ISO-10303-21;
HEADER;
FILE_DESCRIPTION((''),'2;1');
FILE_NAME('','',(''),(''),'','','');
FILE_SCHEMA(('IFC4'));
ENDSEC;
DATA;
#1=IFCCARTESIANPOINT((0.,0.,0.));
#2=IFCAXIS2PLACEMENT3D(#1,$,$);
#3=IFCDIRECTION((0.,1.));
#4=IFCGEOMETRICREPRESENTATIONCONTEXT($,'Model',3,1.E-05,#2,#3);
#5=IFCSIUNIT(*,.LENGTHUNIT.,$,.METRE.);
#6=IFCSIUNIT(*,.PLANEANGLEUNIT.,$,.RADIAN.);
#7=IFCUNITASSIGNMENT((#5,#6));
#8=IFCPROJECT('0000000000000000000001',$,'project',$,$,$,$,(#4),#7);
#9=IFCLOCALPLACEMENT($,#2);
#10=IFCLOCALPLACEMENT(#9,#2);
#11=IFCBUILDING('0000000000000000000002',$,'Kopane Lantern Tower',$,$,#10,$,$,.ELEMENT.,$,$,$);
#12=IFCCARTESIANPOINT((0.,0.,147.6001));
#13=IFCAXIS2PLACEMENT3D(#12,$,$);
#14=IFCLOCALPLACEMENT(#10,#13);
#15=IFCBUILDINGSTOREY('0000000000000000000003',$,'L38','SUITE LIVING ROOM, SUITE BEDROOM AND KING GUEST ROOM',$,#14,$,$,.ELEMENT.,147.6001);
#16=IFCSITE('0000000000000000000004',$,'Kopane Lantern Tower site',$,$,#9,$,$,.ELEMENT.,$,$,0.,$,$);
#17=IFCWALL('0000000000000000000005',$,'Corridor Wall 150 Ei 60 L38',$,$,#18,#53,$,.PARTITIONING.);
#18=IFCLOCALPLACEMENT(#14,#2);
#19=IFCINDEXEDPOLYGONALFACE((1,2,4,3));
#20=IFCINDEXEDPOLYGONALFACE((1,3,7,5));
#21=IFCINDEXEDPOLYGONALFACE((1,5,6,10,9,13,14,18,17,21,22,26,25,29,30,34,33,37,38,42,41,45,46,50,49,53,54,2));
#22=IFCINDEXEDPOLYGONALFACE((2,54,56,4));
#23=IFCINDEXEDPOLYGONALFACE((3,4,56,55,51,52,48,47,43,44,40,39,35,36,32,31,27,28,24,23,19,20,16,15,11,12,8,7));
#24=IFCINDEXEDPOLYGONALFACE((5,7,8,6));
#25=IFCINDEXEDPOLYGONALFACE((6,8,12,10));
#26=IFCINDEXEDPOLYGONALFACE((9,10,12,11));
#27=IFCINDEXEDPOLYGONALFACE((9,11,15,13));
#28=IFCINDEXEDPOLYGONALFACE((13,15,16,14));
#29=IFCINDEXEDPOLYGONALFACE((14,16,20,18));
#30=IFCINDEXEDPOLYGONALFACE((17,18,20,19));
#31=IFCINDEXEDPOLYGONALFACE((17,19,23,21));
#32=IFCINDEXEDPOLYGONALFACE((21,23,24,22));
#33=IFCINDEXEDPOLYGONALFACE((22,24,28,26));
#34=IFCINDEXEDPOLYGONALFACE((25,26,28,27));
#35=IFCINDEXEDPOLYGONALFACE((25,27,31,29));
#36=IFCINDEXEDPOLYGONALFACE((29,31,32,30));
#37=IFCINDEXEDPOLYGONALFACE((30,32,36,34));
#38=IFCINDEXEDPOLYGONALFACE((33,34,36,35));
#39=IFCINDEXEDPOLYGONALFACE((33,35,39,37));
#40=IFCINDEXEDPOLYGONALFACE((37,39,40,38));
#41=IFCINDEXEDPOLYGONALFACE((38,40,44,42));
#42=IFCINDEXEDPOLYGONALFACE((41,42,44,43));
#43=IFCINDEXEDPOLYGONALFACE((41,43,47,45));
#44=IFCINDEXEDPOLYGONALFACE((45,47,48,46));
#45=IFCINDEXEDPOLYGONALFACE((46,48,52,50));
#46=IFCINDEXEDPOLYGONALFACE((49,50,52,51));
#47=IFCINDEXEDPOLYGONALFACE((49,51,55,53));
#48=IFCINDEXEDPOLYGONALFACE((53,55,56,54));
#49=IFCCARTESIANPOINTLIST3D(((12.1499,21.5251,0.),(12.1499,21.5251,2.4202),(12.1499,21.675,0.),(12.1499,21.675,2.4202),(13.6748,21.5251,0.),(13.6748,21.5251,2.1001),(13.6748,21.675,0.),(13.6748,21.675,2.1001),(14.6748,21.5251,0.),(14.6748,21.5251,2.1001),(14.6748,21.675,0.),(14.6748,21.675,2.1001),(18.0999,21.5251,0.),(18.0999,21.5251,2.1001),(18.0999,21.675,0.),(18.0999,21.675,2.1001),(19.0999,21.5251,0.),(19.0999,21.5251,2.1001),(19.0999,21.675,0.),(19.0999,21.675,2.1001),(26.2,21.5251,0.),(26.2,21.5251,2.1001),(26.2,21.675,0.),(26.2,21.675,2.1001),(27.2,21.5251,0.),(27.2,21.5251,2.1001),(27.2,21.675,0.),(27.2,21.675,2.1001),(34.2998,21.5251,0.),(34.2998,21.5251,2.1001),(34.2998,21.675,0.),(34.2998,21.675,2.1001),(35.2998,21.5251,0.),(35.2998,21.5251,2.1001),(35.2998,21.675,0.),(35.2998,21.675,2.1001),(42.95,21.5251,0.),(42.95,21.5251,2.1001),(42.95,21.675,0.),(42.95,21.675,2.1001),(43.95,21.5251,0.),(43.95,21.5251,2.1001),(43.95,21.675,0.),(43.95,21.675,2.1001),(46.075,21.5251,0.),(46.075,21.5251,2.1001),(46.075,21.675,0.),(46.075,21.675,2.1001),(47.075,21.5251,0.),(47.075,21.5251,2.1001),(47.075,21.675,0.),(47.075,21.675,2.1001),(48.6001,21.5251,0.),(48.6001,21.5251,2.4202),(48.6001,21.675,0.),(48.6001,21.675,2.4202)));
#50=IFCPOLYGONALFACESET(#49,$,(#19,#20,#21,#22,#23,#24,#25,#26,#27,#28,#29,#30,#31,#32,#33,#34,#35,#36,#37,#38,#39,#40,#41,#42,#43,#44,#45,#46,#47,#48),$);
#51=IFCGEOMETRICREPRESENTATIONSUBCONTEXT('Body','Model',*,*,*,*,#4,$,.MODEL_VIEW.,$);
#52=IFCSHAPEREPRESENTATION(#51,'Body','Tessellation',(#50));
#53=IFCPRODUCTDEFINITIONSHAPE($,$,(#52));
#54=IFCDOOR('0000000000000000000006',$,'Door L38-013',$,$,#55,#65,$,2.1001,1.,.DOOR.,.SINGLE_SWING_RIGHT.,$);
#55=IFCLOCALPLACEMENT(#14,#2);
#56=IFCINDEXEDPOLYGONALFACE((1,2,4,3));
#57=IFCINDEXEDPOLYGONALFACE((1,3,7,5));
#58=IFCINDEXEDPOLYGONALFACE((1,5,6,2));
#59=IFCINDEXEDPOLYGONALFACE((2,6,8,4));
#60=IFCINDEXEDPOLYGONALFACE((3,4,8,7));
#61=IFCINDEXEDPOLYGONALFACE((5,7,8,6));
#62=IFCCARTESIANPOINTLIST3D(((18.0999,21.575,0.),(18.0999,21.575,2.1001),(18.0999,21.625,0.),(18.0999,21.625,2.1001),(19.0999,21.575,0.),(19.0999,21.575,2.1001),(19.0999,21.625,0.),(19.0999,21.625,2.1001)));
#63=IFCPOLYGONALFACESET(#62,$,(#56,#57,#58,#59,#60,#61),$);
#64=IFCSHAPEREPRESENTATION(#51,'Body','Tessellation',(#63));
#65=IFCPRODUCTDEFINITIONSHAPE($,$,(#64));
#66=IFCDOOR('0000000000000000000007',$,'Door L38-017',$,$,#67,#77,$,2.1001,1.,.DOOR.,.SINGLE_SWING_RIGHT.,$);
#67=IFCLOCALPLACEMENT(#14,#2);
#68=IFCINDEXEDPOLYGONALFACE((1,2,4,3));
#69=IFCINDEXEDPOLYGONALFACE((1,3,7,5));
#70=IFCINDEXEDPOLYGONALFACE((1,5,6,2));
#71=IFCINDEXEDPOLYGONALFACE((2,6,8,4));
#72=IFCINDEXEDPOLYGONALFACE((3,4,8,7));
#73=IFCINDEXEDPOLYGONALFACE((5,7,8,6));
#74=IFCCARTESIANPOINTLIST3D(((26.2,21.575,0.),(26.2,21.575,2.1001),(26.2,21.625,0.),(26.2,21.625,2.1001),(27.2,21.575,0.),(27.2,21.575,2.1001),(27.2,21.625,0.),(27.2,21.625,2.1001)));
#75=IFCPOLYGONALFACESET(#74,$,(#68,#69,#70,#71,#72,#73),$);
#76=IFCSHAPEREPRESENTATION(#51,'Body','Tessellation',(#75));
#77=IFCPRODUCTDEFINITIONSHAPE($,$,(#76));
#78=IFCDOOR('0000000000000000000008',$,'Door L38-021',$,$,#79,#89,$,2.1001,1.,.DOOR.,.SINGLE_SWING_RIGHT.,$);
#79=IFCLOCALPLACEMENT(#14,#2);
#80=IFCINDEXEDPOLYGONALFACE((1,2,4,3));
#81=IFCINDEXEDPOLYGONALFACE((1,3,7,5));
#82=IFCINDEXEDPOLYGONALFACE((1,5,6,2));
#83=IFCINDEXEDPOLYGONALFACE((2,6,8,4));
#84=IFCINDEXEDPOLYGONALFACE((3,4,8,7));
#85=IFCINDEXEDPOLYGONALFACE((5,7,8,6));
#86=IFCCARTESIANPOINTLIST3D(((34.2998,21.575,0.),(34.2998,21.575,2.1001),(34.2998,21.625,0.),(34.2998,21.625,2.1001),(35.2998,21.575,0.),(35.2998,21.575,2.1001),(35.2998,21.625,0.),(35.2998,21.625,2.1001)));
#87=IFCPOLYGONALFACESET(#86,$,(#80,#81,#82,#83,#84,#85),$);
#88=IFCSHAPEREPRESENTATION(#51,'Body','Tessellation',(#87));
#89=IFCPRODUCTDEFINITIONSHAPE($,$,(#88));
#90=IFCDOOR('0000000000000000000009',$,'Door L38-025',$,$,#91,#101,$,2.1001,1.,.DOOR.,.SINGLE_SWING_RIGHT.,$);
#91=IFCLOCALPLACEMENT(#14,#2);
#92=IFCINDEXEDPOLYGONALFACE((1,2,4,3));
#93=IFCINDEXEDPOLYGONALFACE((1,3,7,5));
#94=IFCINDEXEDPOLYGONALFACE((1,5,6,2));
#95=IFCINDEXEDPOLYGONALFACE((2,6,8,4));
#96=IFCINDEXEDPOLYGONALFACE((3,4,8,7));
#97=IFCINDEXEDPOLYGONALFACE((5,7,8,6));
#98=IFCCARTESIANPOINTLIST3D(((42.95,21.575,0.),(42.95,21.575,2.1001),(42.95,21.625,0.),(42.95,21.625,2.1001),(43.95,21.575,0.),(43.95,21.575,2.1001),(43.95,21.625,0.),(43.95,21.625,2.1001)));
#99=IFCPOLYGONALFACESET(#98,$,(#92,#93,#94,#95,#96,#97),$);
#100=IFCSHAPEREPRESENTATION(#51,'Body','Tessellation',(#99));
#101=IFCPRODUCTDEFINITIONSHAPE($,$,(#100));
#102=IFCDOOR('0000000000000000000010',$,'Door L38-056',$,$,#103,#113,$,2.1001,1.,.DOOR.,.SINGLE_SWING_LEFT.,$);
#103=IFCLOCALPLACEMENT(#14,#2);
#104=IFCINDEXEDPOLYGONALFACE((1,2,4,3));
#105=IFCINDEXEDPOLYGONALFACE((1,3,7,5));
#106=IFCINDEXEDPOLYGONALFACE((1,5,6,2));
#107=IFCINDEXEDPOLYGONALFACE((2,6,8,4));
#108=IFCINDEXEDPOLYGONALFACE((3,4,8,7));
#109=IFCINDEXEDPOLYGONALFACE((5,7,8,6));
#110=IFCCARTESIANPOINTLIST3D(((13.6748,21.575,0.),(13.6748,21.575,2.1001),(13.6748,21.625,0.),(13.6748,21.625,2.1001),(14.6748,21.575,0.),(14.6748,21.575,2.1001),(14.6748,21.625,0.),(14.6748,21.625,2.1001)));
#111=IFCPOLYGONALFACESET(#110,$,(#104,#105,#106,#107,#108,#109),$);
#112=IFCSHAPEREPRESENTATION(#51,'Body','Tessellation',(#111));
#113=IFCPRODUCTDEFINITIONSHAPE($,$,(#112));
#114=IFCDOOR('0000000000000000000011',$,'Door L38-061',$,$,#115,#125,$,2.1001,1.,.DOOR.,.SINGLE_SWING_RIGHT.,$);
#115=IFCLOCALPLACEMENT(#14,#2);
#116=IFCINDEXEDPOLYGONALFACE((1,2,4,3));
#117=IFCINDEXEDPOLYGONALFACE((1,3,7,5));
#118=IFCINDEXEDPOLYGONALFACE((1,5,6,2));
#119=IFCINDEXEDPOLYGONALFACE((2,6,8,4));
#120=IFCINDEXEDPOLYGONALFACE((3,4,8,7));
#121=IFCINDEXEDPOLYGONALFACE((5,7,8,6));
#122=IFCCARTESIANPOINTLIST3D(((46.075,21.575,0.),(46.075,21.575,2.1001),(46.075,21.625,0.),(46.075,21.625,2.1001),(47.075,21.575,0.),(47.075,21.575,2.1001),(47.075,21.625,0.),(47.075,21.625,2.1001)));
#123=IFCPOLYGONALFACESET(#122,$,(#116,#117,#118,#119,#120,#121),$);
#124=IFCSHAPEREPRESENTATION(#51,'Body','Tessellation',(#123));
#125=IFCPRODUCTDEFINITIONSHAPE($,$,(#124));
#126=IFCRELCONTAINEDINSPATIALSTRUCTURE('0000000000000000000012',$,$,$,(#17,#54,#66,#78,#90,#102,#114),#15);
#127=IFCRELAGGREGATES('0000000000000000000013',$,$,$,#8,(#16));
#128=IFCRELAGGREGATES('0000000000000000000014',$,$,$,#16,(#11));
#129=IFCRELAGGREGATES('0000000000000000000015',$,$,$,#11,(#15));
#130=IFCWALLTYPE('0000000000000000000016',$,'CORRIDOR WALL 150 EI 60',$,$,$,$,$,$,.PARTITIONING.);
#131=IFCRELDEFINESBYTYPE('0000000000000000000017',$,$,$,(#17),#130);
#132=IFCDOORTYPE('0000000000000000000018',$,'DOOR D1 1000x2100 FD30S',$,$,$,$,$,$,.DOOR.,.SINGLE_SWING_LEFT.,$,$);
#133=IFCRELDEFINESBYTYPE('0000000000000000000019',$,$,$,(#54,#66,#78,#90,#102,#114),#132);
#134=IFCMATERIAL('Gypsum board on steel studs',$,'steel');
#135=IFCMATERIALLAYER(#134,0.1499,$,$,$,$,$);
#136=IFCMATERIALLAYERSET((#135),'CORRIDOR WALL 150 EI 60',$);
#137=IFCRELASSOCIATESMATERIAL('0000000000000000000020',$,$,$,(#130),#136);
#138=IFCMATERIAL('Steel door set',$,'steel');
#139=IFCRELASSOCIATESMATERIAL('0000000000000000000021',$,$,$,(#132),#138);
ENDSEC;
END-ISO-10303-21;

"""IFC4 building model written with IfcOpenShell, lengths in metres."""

from ifc_helpers import new_model, si_unit, direction, frame, frame_2d, origin, place, context, subcontext, project, spatial, rectangle, extrude, material, layer, layer_set, type_object, element, fill, save


model = new_model("IFC4")

# Units and contexts
model_context = context("Model", 3, precision=1e-05, world=origin(), true_north=direction((0.0, 1.0)))
body_context = subcontext(model_context, "Body", "Model", "MODEL_VIEW")
ifc_project = project(units=[si_unit("LENGTHUNIT", "METRE"), si_unit("PLANEANGLEUNIT", "RADIAN")], contexts=[model_context])

# Site, building, storey
site_placement = place(None, origin())
site = spatial("IfcSite", under=ifc_project, at=site_placement, Name="Kopane Lantern Tower site", CompositionType="ELEMENT", RefElevation=0.0)
building_placement = place(site_placement, origin())
building = spatial("IfcBuilding", under=site, at=building_placement, Name="Kopane Lantern Tower", CompositionType="ELEMENT")
storey_placement = place(building_placement, frame((0.0, 0.0, 147.6001)))
storey = spatial("IfcBuildingStorey", under=building, at=storey_placement, Name="L38", Description="SUITE LIVING ROOM, SUITE BEDROOM AND KING GUEST ROOM", CompositionType="ELEMENT", Elevation=147.6001)

# Wall, openings, doors
ifc_material_1 = material(Name="Gypsum board on steel studs", Category="steel")
ifc_layer_1 = layer(ifc_material_1, 0.1499)
ifc_layer_set_1 = layer_set([ifc_layer_1], Name="CORRIDOR WALL 150 EI 60")
wall_type_1 = type_object("IfcWallType", Name="CORRIDOR WALL 150 EI 60", PredefinedType="PARTITIONING", material=ifc_layer_set_1)
wall_1_placement = place(storey_placement, frame((12.1499, 21.6001, 0.0), z_axis=(0.0, 0.0, 1.0), x_axis=(1.0, 0.0, 0.0)))
wall_1 = element("IfcWall", 1, at=wall_1_placement, inside=storey, type_object=wall_type_1, Name="Corridor Wall 150 Ei 60 L38", PredefinedType="PARTITIONING", context=body_context, shape_type="SweptSolid", body=[
    extrude(rectangle(XDim=36.4502, YDim=0.1499, at=frame_2d((18.2251, 0.0))), origin(), (0.0, 0.0, 1.0), 2.4202),
])
opening_1_placement = place(wall_1_placement, frame((5.95, 0.0, 0.0)))
opening_1 = element("IfcOpeningElement", 2, at=opening_1_placement, cuts=wall_1, PredefinedType="OPENING", context=body_context, shape_type="SweptSolid", body=[
    extrude(rectangle(XDim=1.0, YDim=2.1001, at=frame_2d((0.5, 1.05))), frame((0.0, 0.085, 0.0), z_axis=(0.0, -1.0, 0.0), x_axis=(1.0, 0.0, 0.0)), (0.0, 0.0, 1.0), 0.1699),
])
opening_2_placement = place(wall_1_placement, frame((14.05, 0.0, 0.0)))
opening_2 = element("IfcOpeningElement", 3, at=opening_2_placement, cuts=wall_1, PredefinedType="OPENING", context=body_context, shape_type="SweptSolid", body=[
    extrude(rectangle(XDim=1.0, YDim=2.1001, at=frame_2d((0.5, 1.05))), frame((0.0, 0.085, 0.0), z_axis=(0.0, -1.0, 0.0), x_axis=(1.0, 0.0, 0.0)), (0.0, 0.0, 1.0), 0.1699),
])
opening_3_placement = place(wall_1_placement, frame((22.1499, 0.0, 0.0)))
opening_3 = element("IfcOpeningElement", 4, at=opening_3_placement, cuts=wall_1, PredefinedType="OPENING", context=body_context, shape_type="SweptSolid", body=[
    extrude(rectangle(XDim=1.0, YDim=2.1001, at=frame_2d((0.5, 1.05))), frame((0.0, 0.085, 0.0), z_axis=(0.0, -1.0, 0.0), x_axis=(1.0, 0.0, 0.0)), (0.0, 0.0, 1.0), 0.1699),
])
opening_4_placement = place(wall_1_placement, frame((30.8, 0.0, 0.0)))
opening_4 = element("IfcOpeningElement", 5, at=opening_4_placement, cuts=wall_1, PredefinedType="OPENING", context=body_context, shape_type="SweptSolid", body=[
    extrude(rectangle(XDim=1.0, YDim=2.1001, at=frame_2d((0.5, 1.05))), frame((0.0, 0.085, 0.0), z_axis=(0.0, -1.0, 0.0), x_axis=(1.0, 0.0, 0.0)), (0.0, 0.0, 1.0), 0.1699),
])
opening_5_placement = place(wall_1_placement, frame((1.5249, 0.0, 0.0)))
opening_5 = element("IfcOpeningElement", 6, at=opening_5_placement, cuts=wall_1, PredefinedType="OPENING", context=body_context, shape_type="SweptSolid", body=[
    extrude(rectangle(XDim=1.0, YDim=2.1001, at=frame_2d((0.5, 1.05))), frame((0.0, 0.085, 0.0), z_axis=(0.0, -1.0, 0.0), x_axis=(1.0, 0.0, 0.0)), (0.0, 0.0, 1.0), 0.1699),
])
opening_6_placement = place(wall_1_placement, frame((33.925, 0.0, 0.0)))
opening_6 = element("IfcOpeningElement", 7, at=opening_6_placement, cuts=wall_1, PredefinedType="OPENING", context=body_context, shape_type="SweptSolid", body=[
    extrude(rectangle(XDim=1.0, YDim=2.1001, at=frame_2d((0.5, 1.05))), frame((0.0, 0.085, 0.0), z_axis=(0.0, -1.0, 0.0), x_axis=(1.0, 0.0, 0.0)), (0.0, 0.0, 1.0), 0.1699),
])
ifc_material_2 = material(Name="Steel door set", Category="steel")
door_type_1 = type_object("IfcDoorType", Name="DOOR D1 1000x2100 FD30S", OperationType="SINGLE_SWING_LEFT", PredefinedType="DOOR", material=ifc_material_2)
door_1_placement = place(opening_1_placement, origin())
door_1 = element("IfcDoor", 8, at=door_1_placement, inside=storey, type_object=door_type_1, Name="Door L38-013", OperationType="SINGLE_SWING_RIGHT", OverallHeight=2.1001, OverallWidth=1.0, PredefinedType="DOOR", context=body_context, shape_type="SweptSolid", body=[
    extrude(rectangle(XDim=1.0, YDim=2.1001, at=frame_2d((0.5, 1.05))), frame((0.0, 0.0249, 0.0), z_axis=(0.0, -1.0, 0.0), x_axis=(1.0, 0.0, 0.0)), (0.0, 0.0, 1.0), 0.05),
])
fill(opening_1, door_1)
door_2_placement = place(opening_2_placement, origin())
door_2 = element("IfcDoor", 9, at=door_2_placement, inside=storey, type_object=door_type_1, Name="Door L38-017", OperationType="SINGLE_SWING_RIGHT", OverallHeight=2.1001, OverallWidth=1.0, PredefinedType="DOOR", context=body_context, shape_type="SweptSolid", body=[
    extrude(rectangle(XDim=1.0, YDim=2.1001, at=frame_2d((0.5, 1.05))), frame((0.0, 0.0249, 0.0), z_axis=(0.0, -1.0, 0.0), x_axis=(1.0, 0.0, 0.0)), (0.0, 0.0, 1.0), 0.05),
])
fill(opening_2, door_2)
door_3_placement = place(opening_3_placement, origin())
door_3 = element("IfcDoor", 10, at=door_3_placement, inside=storey, type_object=door_type_1, Name="Door L38-021", OperationType="SINGLE_SWING_RIGHT", OverallHeight=2.1001, OverallWidth=1.0, PredefinedType="DOOR", context=body_context, shape_type="SweptSolid", body=[
    extrude(rectangle(XDim=1.0, YDim=2.1001, at=frame_2d((0.5, 1.05))), frame((0.0, 0.0249, 0.0), z_axis=(0.0, -1.0, 0.0), x_axis=(1.0, 0.0, 0.0)), (0.0, 0.0, 1.0), 0.05),
])
fill(opening_3, door_3)
door_4_placement = place(opening_4_placement, origin())
door_4 = element("IfcDoor", 11, at=door_4_placement, inside=storey, type_object=door_type_1, Name="Door L38-025", OperationType="SINGLE_SWING_RIGHT", OverallHeight=2.1001, OverallWidth=1.0, PredefinedType="DOOR", context=body_context, shape_type="SweptSolid", body=[
    extrude(rectangle(XDim=1.0, YDim=2.1001, at=frame_2d((0.5, 1.05))), frame((0.0, 0.0249, 0.0), z_axis=(0.0, -1.0, 0.0), x_axis=(1.0, 0.0, 0.0)), (0.0, 0.0, 1.0), 0.05),
])
fill(opening_4, door_4)
door_5_placement = place(opening_5_placement, origin())
door_5 = element("IfcDoor", 12, at=door_5_placement, inside=storey, type_object=door_type_1, Name="Door L38-056", OperationType="SINGLE_SWING_LEFT", OverallHeight=2.1001, OverallWidth=1.0, PredefinedType="DOOR", context=body_context, shape_type="SweptSolid", body=[
    extrude(rectangle(XDim=1.0, YDim=2.1001, at=frame_2d((0.5, 1.05))), frame((0.0, 0.0249, 0.0), z_axis=(0.0, -1.0, 0.0), x_axis=(1.0, 0.0, 0.0)), (0.0, 0.0, 1.0), 0.05),
])
fill(opening_5, door_5)
door_6_placement = place(opening_6_placement, origin())
door_6 = element("IfcDoor", 13, at=door_6_placement, inside=storey, type_object=door_type_1, Name="Door L38-061", OperationType="SINGLE_SWING_RIGHT", OverallHeight=2.1001, OverallWidth=1.0, PredefinedType="DOOR", context=body_context, shape_type="SweptSolid", body=[
    extrude(rectangle(XDim=1.0, YDim=2.1001, at=frame_2d((0.5, 1.05))), frame((0.0, 0.0249, 0.0), z_axis=(0.0, -1.0, 0.0), x_axis=(1.0, 0.0, 0.0)), (0.0, 0.0, 1.0), 0.05),
])
fill(opening_6, door_6)

save(model, "model.ifc")
